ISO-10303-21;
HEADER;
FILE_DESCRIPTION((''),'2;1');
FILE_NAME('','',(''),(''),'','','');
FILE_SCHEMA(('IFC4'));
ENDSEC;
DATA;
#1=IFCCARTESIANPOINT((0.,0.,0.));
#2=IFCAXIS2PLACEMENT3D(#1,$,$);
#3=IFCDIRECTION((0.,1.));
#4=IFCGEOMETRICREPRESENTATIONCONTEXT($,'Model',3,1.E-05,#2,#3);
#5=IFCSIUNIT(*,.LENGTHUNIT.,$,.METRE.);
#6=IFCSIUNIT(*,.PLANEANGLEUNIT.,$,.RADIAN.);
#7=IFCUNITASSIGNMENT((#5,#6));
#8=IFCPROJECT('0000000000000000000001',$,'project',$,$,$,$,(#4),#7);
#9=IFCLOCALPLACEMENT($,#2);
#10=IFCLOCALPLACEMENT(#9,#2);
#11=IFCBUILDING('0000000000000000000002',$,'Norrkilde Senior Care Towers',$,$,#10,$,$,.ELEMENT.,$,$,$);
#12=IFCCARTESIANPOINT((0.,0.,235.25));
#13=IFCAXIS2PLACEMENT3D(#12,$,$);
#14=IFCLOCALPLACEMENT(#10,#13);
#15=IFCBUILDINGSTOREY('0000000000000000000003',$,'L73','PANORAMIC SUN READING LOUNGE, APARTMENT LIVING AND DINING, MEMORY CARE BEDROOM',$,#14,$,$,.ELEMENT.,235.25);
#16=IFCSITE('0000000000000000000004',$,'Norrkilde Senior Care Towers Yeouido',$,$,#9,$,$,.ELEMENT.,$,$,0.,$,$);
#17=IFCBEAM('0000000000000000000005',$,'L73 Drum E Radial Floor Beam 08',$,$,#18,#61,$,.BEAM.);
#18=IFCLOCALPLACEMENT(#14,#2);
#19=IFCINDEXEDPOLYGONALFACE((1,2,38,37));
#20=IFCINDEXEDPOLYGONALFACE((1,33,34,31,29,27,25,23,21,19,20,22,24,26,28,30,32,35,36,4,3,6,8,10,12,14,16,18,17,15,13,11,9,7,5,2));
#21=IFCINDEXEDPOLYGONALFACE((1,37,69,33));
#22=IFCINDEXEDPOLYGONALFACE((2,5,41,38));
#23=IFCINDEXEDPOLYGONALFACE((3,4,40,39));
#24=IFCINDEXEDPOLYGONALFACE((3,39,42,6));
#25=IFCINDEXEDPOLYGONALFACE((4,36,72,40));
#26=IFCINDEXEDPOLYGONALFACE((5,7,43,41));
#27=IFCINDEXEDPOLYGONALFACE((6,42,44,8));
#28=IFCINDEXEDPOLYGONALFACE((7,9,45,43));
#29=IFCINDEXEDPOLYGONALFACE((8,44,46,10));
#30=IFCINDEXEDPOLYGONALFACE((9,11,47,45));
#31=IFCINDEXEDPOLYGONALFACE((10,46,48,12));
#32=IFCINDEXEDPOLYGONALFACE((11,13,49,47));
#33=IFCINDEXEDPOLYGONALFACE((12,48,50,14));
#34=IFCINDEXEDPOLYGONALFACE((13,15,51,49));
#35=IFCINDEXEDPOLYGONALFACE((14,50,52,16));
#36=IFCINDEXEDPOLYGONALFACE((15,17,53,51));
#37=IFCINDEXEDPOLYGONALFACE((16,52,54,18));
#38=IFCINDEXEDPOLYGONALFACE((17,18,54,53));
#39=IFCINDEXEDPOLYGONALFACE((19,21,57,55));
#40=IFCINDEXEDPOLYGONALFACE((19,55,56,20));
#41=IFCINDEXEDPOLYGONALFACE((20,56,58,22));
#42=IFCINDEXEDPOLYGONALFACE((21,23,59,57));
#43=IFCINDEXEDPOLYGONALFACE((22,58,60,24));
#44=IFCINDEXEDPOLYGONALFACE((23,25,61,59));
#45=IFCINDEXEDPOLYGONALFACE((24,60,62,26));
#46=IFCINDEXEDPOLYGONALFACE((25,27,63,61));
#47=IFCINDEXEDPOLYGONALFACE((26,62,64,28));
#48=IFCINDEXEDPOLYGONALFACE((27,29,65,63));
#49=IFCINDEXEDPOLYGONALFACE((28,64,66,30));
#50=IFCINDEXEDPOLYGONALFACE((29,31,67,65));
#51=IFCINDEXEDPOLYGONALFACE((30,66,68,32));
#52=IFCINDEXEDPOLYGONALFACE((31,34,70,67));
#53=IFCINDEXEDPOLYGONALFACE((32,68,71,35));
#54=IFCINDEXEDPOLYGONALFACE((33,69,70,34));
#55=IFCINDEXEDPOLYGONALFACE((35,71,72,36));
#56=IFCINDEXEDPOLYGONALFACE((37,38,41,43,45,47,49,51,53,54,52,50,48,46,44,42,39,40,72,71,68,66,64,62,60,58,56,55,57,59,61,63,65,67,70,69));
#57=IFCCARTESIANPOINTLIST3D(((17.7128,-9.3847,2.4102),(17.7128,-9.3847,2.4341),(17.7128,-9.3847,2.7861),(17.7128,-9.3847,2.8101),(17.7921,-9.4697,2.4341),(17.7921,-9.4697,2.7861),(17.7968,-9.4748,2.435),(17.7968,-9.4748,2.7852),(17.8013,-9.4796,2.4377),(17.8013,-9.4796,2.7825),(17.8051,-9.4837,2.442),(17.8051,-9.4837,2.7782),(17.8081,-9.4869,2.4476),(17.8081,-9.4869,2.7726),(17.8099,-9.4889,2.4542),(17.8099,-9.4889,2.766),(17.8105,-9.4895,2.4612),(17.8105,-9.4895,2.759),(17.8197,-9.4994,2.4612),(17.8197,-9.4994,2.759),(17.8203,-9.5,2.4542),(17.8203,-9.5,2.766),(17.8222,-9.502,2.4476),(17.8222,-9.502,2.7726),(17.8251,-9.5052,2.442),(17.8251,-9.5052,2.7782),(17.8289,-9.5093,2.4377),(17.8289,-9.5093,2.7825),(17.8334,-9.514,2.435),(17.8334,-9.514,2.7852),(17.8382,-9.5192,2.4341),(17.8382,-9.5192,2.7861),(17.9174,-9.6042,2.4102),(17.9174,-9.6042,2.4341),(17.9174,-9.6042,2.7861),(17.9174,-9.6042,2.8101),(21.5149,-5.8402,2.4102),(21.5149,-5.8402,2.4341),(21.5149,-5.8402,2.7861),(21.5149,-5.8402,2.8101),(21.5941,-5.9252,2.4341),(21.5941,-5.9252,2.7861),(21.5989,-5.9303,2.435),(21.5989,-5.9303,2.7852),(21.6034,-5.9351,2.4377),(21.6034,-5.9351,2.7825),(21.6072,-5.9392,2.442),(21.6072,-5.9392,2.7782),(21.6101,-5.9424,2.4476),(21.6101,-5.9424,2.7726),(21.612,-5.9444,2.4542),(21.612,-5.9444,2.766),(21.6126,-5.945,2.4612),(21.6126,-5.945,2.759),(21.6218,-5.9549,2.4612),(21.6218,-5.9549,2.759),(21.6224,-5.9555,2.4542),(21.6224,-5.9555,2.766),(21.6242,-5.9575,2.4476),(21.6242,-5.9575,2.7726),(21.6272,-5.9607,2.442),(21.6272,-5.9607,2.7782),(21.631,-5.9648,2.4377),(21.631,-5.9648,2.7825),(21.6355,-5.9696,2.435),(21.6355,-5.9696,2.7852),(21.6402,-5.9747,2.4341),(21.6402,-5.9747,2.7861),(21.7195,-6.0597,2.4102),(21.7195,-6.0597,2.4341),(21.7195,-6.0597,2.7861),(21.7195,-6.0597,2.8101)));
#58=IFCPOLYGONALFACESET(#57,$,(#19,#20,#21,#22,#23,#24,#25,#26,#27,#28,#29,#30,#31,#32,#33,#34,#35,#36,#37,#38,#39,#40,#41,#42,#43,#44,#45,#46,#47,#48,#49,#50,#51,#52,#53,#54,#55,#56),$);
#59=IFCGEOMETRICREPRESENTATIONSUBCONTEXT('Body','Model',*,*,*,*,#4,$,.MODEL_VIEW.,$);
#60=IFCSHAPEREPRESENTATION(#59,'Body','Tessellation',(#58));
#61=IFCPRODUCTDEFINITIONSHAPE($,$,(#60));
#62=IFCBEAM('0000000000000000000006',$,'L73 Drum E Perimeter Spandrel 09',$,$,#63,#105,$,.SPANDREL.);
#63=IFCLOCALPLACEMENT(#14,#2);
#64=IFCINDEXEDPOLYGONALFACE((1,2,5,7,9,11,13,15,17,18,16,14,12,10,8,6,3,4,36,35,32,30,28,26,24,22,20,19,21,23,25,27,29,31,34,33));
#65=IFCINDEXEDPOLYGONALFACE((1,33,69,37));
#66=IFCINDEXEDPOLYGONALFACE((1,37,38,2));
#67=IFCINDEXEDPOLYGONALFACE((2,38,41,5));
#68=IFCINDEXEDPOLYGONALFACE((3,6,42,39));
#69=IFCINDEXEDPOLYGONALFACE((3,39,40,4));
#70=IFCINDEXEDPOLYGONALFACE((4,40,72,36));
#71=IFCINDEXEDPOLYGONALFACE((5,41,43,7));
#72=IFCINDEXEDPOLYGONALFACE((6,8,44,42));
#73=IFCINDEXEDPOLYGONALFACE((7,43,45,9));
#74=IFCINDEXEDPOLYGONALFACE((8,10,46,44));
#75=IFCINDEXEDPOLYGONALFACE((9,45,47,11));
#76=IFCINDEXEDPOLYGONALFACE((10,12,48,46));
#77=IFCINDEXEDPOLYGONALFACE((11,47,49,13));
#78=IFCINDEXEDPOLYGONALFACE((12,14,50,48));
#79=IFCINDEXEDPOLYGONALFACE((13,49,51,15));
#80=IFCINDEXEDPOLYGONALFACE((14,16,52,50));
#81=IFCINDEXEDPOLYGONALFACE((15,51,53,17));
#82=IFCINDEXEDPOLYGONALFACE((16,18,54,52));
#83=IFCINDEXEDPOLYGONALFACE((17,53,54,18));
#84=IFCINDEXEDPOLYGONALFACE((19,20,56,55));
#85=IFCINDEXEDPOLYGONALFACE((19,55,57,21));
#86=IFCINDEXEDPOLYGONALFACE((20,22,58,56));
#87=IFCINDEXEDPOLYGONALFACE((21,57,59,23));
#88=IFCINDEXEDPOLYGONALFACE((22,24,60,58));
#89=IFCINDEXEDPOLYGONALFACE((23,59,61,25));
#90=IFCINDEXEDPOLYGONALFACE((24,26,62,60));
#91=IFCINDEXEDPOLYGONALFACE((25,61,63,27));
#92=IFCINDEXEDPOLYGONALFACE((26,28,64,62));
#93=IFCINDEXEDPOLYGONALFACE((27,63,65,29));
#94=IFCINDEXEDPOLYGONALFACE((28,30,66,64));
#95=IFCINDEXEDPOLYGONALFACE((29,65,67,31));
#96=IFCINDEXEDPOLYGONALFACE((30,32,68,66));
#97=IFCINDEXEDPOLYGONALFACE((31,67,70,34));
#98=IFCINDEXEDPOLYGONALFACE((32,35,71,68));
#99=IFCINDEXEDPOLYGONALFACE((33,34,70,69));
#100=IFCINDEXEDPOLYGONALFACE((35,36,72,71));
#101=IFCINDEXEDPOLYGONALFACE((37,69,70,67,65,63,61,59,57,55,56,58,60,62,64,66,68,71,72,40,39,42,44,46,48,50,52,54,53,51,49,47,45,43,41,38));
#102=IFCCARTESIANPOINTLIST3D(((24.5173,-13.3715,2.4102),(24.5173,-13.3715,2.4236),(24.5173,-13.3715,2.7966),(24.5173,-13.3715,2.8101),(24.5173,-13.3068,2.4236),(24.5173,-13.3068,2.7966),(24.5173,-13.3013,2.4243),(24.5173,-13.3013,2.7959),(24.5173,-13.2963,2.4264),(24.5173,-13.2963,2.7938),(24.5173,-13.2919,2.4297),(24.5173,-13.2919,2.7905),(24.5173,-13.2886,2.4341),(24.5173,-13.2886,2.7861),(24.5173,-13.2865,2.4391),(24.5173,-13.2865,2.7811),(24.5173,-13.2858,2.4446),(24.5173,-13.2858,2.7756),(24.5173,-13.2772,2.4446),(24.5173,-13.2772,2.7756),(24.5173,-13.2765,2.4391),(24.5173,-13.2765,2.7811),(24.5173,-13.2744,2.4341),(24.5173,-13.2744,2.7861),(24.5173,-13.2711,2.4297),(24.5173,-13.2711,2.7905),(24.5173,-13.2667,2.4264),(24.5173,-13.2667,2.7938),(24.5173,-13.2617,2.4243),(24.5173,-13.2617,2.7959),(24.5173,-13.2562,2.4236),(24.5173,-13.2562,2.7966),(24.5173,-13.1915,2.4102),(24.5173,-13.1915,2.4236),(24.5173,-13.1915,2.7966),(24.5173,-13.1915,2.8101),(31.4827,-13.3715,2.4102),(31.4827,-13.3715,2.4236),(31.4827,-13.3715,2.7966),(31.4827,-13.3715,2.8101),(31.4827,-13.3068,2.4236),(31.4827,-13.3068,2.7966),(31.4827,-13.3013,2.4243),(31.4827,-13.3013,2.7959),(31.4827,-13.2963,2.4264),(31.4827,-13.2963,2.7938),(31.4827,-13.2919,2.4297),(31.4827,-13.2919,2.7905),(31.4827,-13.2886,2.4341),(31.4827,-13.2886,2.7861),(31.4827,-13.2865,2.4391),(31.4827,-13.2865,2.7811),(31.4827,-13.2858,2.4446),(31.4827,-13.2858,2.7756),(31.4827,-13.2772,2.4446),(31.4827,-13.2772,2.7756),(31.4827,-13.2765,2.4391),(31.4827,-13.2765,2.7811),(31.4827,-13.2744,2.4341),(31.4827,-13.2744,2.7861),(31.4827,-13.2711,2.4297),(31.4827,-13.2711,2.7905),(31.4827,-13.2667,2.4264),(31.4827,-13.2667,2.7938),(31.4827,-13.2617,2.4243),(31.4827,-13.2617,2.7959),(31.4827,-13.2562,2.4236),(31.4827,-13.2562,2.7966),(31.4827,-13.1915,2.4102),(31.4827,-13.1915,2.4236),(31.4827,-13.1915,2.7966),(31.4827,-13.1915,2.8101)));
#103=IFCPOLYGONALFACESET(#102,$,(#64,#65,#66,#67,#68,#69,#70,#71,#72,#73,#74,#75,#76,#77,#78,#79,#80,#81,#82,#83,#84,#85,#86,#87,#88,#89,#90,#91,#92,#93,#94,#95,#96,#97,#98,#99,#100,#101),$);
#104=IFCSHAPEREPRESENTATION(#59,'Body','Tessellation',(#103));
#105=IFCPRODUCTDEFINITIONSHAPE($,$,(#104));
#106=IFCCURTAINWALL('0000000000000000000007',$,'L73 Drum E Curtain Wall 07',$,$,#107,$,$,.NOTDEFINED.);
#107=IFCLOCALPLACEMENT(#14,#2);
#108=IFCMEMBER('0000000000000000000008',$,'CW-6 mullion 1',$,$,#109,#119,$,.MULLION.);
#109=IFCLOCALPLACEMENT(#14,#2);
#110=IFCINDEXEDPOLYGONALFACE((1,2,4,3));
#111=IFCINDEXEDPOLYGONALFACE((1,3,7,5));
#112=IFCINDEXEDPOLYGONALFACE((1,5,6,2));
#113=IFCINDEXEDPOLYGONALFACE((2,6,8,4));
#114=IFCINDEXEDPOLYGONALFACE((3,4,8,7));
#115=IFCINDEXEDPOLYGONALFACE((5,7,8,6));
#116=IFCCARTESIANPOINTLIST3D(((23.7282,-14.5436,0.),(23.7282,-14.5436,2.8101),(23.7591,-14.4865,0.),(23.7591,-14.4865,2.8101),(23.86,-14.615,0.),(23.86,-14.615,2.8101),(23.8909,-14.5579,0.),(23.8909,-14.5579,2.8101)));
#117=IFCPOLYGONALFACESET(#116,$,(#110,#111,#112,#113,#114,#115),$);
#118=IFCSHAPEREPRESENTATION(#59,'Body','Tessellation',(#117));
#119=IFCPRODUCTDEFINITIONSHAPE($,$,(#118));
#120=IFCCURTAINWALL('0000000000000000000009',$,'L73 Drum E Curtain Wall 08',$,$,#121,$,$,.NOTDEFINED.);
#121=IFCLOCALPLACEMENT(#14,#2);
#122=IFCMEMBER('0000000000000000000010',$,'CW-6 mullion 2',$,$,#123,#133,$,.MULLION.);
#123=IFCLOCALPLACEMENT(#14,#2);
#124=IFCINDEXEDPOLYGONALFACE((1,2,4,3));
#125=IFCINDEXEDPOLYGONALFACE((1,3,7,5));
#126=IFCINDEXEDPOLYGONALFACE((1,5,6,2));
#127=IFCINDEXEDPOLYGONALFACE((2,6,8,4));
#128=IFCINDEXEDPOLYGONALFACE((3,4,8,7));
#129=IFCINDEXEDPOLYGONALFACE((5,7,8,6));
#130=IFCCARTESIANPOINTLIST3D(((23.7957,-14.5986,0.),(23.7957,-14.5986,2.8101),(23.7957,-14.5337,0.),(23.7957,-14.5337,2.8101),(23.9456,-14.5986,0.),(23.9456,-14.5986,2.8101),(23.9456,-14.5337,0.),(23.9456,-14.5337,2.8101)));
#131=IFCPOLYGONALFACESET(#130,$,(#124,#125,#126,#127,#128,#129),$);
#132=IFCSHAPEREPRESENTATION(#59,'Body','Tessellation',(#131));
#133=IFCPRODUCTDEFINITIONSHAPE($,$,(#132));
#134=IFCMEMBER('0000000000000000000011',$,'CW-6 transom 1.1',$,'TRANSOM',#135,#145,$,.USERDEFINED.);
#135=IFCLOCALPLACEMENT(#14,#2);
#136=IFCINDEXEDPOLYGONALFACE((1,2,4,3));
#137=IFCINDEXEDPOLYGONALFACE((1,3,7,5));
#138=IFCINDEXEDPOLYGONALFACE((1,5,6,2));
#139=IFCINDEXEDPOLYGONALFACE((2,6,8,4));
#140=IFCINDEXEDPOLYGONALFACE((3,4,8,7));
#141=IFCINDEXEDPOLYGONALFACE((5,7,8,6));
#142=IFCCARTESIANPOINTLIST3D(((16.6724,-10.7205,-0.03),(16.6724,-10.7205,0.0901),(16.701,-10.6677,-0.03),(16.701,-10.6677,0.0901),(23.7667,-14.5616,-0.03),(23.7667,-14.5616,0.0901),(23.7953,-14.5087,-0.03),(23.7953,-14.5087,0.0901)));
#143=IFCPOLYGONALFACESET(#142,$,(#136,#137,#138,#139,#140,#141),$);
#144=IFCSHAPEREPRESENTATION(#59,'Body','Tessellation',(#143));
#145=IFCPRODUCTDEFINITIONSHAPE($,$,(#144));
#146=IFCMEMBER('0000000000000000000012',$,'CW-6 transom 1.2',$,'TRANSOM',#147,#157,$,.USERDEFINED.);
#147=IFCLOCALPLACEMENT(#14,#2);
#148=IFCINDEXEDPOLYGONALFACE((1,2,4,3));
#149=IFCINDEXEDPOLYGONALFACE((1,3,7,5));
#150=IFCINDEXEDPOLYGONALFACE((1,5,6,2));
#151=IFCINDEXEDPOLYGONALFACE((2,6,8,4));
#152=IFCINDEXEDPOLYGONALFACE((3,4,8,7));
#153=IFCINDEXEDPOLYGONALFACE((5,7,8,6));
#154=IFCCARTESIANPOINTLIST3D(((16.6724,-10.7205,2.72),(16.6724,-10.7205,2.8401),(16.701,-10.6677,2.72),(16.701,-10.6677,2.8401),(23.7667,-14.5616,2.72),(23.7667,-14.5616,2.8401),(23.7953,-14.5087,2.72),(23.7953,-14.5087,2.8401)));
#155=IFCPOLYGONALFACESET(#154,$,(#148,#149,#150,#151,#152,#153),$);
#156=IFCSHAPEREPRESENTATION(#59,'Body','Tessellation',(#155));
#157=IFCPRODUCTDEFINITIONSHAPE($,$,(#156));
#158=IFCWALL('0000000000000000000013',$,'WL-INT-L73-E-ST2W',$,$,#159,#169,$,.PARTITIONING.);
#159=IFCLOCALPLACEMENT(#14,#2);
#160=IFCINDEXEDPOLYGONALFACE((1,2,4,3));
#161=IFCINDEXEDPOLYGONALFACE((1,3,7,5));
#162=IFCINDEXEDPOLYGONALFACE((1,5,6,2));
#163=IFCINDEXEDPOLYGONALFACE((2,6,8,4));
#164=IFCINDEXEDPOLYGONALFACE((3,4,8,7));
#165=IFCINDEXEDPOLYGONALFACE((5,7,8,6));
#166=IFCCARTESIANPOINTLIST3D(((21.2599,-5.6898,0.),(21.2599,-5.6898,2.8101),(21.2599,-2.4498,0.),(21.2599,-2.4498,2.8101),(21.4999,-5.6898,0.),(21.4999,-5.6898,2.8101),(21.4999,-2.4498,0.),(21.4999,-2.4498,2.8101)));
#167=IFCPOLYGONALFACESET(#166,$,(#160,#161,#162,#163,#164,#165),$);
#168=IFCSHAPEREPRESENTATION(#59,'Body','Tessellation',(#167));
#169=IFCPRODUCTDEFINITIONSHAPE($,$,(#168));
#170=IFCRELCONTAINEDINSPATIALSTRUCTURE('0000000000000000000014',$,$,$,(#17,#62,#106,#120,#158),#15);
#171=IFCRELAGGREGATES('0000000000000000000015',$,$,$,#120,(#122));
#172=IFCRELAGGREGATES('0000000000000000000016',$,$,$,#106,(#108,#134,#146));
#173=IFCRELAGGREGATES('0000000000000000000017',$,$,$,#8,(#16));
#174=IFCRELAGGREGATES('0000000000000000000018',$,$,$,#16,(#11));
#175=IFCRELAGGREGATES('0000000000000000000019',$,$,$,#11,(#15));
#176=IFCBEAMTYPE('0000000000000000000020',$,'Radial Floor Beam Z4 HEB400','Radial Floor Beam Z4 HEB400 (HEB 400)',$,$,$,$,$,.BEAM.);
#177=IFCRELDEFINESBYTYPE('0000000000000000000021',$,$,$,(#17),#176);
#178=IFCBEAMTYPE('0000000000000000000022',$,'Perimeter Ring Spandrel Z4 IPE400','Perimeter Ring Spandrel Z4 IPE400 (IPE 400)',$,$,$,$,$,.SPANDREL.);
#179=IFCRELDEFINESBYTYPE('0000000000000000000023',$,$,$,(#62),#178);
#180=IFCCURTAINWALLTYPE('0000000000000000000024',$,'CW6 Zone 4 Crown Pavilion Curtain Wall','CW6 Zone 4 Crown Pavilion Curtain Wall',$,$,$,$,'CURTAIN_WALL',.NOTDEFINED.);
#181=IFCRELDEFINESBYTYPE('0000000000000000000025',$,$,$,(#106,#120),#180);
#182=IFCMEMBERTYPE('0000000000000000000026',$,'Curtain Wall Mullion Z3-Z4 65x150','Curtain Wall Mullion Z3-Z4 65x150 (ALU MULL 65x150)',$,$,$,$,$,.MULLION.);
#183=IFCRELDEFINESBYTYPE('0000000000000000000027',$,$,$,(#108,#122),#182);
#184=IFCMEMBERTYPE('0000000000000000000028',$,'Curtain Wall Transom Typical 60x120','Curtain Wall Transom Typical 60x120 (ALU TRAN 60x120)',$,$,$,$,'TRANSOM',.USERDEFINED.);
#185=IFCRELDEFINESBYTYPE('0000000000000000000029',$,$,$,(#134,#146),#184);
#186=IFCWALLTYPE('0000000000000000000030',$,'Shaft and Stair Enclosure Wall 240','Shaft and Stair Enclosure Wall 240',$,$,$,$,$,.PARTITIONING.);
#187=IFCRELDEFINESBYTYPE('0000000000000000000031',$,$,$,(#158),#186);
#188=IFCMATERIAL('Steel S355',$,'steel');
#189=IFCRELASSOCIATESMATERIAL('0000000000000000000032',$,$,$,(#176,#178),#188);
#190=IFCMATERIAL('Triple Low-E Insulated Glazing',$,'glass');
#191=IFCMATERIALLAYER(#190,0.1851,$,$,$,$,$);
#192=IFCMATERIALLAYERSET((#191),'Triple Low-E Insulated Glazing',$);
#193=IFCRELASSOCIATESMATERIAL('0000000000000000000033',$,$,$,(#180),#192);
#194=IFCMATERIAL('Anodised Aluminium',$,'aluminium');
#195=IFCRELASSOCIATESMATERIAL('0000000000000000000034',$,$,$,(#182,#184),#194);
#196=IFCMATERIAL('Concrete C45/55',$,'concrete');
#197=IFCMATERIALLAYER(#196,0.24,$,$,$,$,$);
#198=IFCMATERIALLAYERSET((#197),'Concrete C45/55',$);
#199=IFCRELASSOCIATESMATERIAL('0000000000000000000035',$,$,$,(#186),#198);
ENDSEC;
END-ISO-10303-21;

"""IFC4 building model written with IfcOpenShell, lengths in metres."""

from ifc_helpers import new_model, si_unit, direction, frame, frame_2d, origin, origin_2d, place, context, subcontext, project, spatial, rectangle, i_section, extrude, source, transform, mapped, material, layer, layer_set, material_profile, profile_set, type_object, type_shapes, element, aggregate, save


model = new_model("IFC4")

# Units and contexts
model_context = context("Model", 3, precision=1e-05, world=origin(), true_north=direction((0.0, 1.0)))
body_context = subcontext(model_context, "Body", "Model", "MODEL_VIEW")
ifc_project = project(units=[si_unit("LENGTHUNIT", "METRE"), si_unit("PLANEANGLEUNIT", "RADIAN")], contexts=[model_context])

# Site, building, storey
site_placement = place(None, origin())
site = spatial("IfcSite", under=ifc_project, at=site_placement, Name="Norrkilde Senior Care Towers Yeouido", CompositionType="ELEMENT", RefElevation=0.0)
building_placement = place(site_placement, origin())
building = spatial("IfcBuilding", under=site, at=building_placement, Name="Norrkilde Senior Care Towers", CompositionType="ELEMENT")
storey_placement = place(building_placement, frame((0.0, 0.0, 235.25)))
storey = spatial("IfcBuildingStorey", under=building, at=storey_placement, Name="L73", Description="PANORAMIC SUN READING LOUNGE, APARTMENT LIVING AND DINING, MEMORY CARE BEDROOM", CompositionType="ELEMENT", Elevation=235.25)

# Beams
ifc_material_1 = material(Name="Steel S355", Category="steel")
ifc_material_profile_1 = material_profile(ifc_material_1, i_section(OverallWidth=0.3, OverallDepth=0.3999, WebThickness=0.0134, FlangeThickness=0.0239, FilletRadius=0.0271, at=origin_2d()), Name="HEB 400")
ifc_profile_set_1 = profile_set([ifc_material_profile_1], Name="Steel S355")
beam_type_1 = type_object("IfcBeamType", Name="Radial Floor Beam Z4 HEB400", Description="Radial Floor Beam Z4 HEB400 (HEB 400)", PredefinedType="BEAM", material=ifc_profile_set_1)
shared_shape_1 = source(origin(), body_context, "Body", "SweptSolid", [
    extrude(i_section(OverallWidth=0.3, OverallDepth=0.3999, WebThickness=0.0134, FlangeThickness=0.0239, FilletRadius=0.0271, at=origin_2d()), origin(), (0.0, 0.0, 1.0), 5.198),
])
beam_1_placement = place(storey_placement, frame((21.6172, -5.95, 2.6101), z_axis=(-0.731449, -0.681896, 0.0), x_axis=(0.681896, -0.731449, 0.0)))
element("IfcBeam", 1, at=beam_1_placement, inside=storey, type_object=beam_type_1, Name="L73 Drum E Radial Floor Beam 08", PredefinedType="BEAM", context=body_context, shape_type="MappedRepresentation", body=[
    mapped(shared_shape_1, transform((0.0, 0.0, 0.0), x_axis=(1.0, 0.0, 0.0), y_axis=(0.0, 1.0, 0.0), z_axis=(0.0, 0.0, 1.0), scale=1.0)),
])
ifc_material_profile_2 = material_profile(ifc_material_1, i_section(OverallWidth=0.1799, OverallDepth=0.3999, WebThickness=0.0085, FlangeThickness=0.0134, FilletRadius=0.021, at=origin_2d()), Name="IPE 400")
ifc_profile_set_2 = profile_set([ifc_material_profile_2], Name="Steel S355")
beam_type_2 = type_object("IfcBeamType", Name="Perimeter Ring Spandrel Z4 IPE400", Description="Perimeter Ring Spandrel Z4 IPE400 (IPE 400)", PredefinedType="SPANDREL", material=ifc_profile_set_2)
shared_shape_2 = source(origin(), body_context, "Body", "SweptSolid", [
    extrude(i_section(OverallWidth=0.1799, OverallDepth=0.3999, WebThickness=0.0085, FlangeThickness=0.0134, FilletRadius=0.021, at=origin_2d()), origin(), (0.0, 0.0, 1.0), 6.9653),
])
type_shapes(beam_type_2, [shared_shape_2])
beam_2_placement = place(storey_placement, frame((24.5173, -13.2815, 2.6101), z_axis=(1.0, 0.0, 0.0), x_axis=(0.0, 1.0, 0.0)))
element("IfcBeam", 2, at=beam_2_placement, inside=storey, type_object=beam_type_2, Name="L73 Drum E Perimeter Spandrel 09", PredefinedType="SPANDREL", context=body_context, shape_type="MappedRepresentation", body=[
    mapped(shared_shape_2, transform((0.0, 0.0, 0.0), x_axis=(1.0, 0.0, 0.0), y_axis=(0.0, 1.0, 0.0), z_axis=(0.0, 0.0, 1.0), scale=1.0)),
])

# Curtain walls, members
ifc_material_2 = material(Name="Triple Low-E Insulated Glazing", Category="glass")
ifc_layer_1 = layer(ifc_material_2, 0.1851)
ifc_layer_set_1 = layer_set([ifc_layer_1], Name="Triple Low-E Insulated Glazing")
curtain_wall_type = type_object("IfcCurtainWallType", Name="CW6 Zone 4 Crown Pavilion Curtain Wall", Description="CW6 Zone 4 Crown Pavilion Curtain Wall", ElementType="CURTAIN_WALL", PredefinedType="NOTDEFINED", material=ifc_layer_set_1)
curtain_wall_1_placement = place(storey_placement, origin())
curtain_wall_1 = element("IfcCurtainWall", 3, at=curtain_wall_1_placement, inside=storey, type_object=curtain_wall_type, Name="L73 Drum E Curtain Wall 07", PredefinedType="NOTDEFINED")
ifc_material_3 = material(Name="Anodised Aluminium", Category="aluminium")
ifc_material_profile_3 = material_profile(ifc_material_3, rectangle(XDim=0.0649, YDim=0.1499, at=origin_2d()), Name="ALU MULL 65x150")
ifc_profile_set_3 = profile_set([ifc_material_profile_3], Name="Anodised Aluminium")
member_type_1 = type_object("IfcMemberType", Name="Curtain Wall Mullion Z3-Z4 65x150", Description="Curtain Wall Mullion Z3-Z4 65x150 (ALU MULL 65x150)", PredefinedType="MULLION", material=ifc_profile_set_3)
shared_shape_3 = source(origin(), body_context, "Body", "SweptSolid", [
    extrude(rectangle(XDim=0.0649, YDim=0.1499, at=origin_2d()), origin(), (0.0, 0.0, 1.0), 2.8101),
])
type_shapes(member_type_1, [shared_shape_3])
member_1_placement = place(storey_placement, frame((23.8096, -14.5508, 0.0), z_axis=(0.0, 0.0, 1.0), x_axis=(-0.476133, -0.879373, 0.0)))
member_1 = element("IfcMember", 4, at=member_1_placement, type_object=member_type_1, Name="CW-6 mullion 1", PredefinedType="MULLION", context=body_context, shape_type="MappedRepresentation", body=[
    mapped(shared_shape_3, transform((0.0, 0.0, 0.0), x_axis=(1.0, 0.0, 0.0), y_axis=(0.0, 1.0, 0.0), z_axis=(0.0, 0.0, 1.0), scale=1.0)),
])
curtain_wall_2_placement = place(storey_placement, origin())
curtain_wall_2 = element("IfcCurtainWall", 5, at=curtain_wall_2_placement, inside=storey, type_object=curtain_wall_type, Name="L73 Drum E Curtain Wall 08", PredefinedType="NOTDEFINED")
member_2_placement = place(storey_placement, frame((23.8706, -14.5662, 0.0), z_axis=(0.0, 0.0, 1.0), x_axis=(0.0, -1.0, 0.0)))
member_2 = element("IfcMember", 6, at=member_2_placement, type_object=member_type_1, Name="CW-6 mullion 2", PredefinedType="MULLION", context=body_context, shape_type="MappedRepresentation", body=[
    mapped(shared_shape_3, transform((0.0, 0.0, 0.0), x_axis=(1.0, 0.0, 0.0), y_axis=(0.0, 1.0, 0.0), z_axis=(0.0, 0.0, 1.0), scale=1.0)),
])
aggregate(curtain_wall_2, [member_2])

# Members
ifc_material_profile_4 = material_profile(ifc_material_3, rectangle(XDim=0.0601, YDim=0.1201, at=origin_2d()), Name="ALU TRAN 60x120")
ifc_profile_set_4 = profile_set([ifc_material_profile_4], Name="Anodised Aluminium")
member_type_2 = type_object("IfcMemberType", Name="Curtain Wall Transom Typical 60x120", Description="Curtain Wall Transom Typical 60x120 (ALU TRAN 60x120)", ElementType="TRANSOM", PredefinedType="USERDEFINED", material=ifc_profile_set_4)
shared_shape_4 = source(origin(), body_context, "Body", "SweptSolid", [
    extrude(rectangle(XDim=0.0601, YDim=0.1201, at=origin_2d()), origin(), (0.0, 0.0, 1.0), 8.0674),
])
type_shapes(member_type_2, [shared_shape_4])
member_3_placement = place(storey_placement, frame((23.781, -14.5352, 0.03), z_axis=(-0.879378, 0.476125, 0.0), x_axis=(-0.476125, -0.879378, 0.0)))
member_3 = element("IfcMember", 7, at=member_3_placement, type_object=member_type_2, Name="CW-6 transom 1.1", ObjectType="TRANSOM", PredefinedType="USERDEFINED", context=body_context, shape_type="MappedRepresentation", body=[
    mapped(shared_shape_4, transform((0.0, 0.0, 0.0), x_axis=(1.0, 0.0, 0.0), y_axis=(0.0, 1.0, 0.0), z_axis=(0.0, 0.0, 1.0), scale=1.0)),
])
member_4_placement = place(storey_placement, frame((23.781, -14.5352, 2.78), z_axis=(-0.879378, 0.476125, 0.0), x_axis=(-0.476125, -0.879378, 0.0)))
member_4 = element("IfcMember", 8, at=member_4_placement, type_object=member_type_2, Name="CW-6 transom 1.2", ObjectType="TRANSOM", PredefinedType="USERDEFINED", context=body_context, shape_type="MappedRepresentation", body=[
    mapped(shared_shape_4, transform((0.0, 0.0, 0.0), x_axis=(1.0, 0.0, 0.0), y_axis=(0.0, 1.0, 0.0), z_axis=(0.0, 0.0, 1.0), scale=1.0)),
])
aggregate(curtain_wall_1, [member_1, member_3, member_4])

# Shared definitions
ifc_material_4 = material(Name="Concrete C45/55", Category="concrete")
ifc_layer_2 = layer(ifc_material_4, 0.24)
ifc_layer_set_2 = layer_set([ifc_layer_2], Name="Concrete C45/55")
wall_type_1 = type_object("IfcWallType", Name="Shaft and Stair Enclosure Wall 240", Description="Shaft and Stair Enclosure Wall 240", PredefinedType="PARTITIONING", material=ifc_layer_set_2)

# Wall
shared_shape_5 = source(origin(), body_context, "Body", "SweptSolid", [
    extrude(rectangle(XDim=3.24, YDim=0.24, at=frame_2d((1.6201, 0.0))), origin(), (0.0, 0.0, 1.0), 2.8101),
])
wall_1_placement = place(storey_placement, frame((21.3799, -5.6899, 0.0), z_axis=(0.0, 0.0, 1.0), x_axis=(0.0, 1.0, 0.0)))
element("IfcWall", 9, at=wall_1_placement, inside=storey, type_object=wall_type_1, Name="WL-INT-L73-E-ST2W", PredefinedType="PARTITIONING", context=body_context, shape_type="MappedRepresentation", body=[
    mapped(shared_shape_5, transform((0.0, 0.0, 0.0), x_axis=(1.0, 0.0, 0.0), y_axis=(0.0, 1.0, 0.0), z_axis=(0.0, 0.0, 1.0), scale=1.0)),
])

save(model, "model.ifc")
